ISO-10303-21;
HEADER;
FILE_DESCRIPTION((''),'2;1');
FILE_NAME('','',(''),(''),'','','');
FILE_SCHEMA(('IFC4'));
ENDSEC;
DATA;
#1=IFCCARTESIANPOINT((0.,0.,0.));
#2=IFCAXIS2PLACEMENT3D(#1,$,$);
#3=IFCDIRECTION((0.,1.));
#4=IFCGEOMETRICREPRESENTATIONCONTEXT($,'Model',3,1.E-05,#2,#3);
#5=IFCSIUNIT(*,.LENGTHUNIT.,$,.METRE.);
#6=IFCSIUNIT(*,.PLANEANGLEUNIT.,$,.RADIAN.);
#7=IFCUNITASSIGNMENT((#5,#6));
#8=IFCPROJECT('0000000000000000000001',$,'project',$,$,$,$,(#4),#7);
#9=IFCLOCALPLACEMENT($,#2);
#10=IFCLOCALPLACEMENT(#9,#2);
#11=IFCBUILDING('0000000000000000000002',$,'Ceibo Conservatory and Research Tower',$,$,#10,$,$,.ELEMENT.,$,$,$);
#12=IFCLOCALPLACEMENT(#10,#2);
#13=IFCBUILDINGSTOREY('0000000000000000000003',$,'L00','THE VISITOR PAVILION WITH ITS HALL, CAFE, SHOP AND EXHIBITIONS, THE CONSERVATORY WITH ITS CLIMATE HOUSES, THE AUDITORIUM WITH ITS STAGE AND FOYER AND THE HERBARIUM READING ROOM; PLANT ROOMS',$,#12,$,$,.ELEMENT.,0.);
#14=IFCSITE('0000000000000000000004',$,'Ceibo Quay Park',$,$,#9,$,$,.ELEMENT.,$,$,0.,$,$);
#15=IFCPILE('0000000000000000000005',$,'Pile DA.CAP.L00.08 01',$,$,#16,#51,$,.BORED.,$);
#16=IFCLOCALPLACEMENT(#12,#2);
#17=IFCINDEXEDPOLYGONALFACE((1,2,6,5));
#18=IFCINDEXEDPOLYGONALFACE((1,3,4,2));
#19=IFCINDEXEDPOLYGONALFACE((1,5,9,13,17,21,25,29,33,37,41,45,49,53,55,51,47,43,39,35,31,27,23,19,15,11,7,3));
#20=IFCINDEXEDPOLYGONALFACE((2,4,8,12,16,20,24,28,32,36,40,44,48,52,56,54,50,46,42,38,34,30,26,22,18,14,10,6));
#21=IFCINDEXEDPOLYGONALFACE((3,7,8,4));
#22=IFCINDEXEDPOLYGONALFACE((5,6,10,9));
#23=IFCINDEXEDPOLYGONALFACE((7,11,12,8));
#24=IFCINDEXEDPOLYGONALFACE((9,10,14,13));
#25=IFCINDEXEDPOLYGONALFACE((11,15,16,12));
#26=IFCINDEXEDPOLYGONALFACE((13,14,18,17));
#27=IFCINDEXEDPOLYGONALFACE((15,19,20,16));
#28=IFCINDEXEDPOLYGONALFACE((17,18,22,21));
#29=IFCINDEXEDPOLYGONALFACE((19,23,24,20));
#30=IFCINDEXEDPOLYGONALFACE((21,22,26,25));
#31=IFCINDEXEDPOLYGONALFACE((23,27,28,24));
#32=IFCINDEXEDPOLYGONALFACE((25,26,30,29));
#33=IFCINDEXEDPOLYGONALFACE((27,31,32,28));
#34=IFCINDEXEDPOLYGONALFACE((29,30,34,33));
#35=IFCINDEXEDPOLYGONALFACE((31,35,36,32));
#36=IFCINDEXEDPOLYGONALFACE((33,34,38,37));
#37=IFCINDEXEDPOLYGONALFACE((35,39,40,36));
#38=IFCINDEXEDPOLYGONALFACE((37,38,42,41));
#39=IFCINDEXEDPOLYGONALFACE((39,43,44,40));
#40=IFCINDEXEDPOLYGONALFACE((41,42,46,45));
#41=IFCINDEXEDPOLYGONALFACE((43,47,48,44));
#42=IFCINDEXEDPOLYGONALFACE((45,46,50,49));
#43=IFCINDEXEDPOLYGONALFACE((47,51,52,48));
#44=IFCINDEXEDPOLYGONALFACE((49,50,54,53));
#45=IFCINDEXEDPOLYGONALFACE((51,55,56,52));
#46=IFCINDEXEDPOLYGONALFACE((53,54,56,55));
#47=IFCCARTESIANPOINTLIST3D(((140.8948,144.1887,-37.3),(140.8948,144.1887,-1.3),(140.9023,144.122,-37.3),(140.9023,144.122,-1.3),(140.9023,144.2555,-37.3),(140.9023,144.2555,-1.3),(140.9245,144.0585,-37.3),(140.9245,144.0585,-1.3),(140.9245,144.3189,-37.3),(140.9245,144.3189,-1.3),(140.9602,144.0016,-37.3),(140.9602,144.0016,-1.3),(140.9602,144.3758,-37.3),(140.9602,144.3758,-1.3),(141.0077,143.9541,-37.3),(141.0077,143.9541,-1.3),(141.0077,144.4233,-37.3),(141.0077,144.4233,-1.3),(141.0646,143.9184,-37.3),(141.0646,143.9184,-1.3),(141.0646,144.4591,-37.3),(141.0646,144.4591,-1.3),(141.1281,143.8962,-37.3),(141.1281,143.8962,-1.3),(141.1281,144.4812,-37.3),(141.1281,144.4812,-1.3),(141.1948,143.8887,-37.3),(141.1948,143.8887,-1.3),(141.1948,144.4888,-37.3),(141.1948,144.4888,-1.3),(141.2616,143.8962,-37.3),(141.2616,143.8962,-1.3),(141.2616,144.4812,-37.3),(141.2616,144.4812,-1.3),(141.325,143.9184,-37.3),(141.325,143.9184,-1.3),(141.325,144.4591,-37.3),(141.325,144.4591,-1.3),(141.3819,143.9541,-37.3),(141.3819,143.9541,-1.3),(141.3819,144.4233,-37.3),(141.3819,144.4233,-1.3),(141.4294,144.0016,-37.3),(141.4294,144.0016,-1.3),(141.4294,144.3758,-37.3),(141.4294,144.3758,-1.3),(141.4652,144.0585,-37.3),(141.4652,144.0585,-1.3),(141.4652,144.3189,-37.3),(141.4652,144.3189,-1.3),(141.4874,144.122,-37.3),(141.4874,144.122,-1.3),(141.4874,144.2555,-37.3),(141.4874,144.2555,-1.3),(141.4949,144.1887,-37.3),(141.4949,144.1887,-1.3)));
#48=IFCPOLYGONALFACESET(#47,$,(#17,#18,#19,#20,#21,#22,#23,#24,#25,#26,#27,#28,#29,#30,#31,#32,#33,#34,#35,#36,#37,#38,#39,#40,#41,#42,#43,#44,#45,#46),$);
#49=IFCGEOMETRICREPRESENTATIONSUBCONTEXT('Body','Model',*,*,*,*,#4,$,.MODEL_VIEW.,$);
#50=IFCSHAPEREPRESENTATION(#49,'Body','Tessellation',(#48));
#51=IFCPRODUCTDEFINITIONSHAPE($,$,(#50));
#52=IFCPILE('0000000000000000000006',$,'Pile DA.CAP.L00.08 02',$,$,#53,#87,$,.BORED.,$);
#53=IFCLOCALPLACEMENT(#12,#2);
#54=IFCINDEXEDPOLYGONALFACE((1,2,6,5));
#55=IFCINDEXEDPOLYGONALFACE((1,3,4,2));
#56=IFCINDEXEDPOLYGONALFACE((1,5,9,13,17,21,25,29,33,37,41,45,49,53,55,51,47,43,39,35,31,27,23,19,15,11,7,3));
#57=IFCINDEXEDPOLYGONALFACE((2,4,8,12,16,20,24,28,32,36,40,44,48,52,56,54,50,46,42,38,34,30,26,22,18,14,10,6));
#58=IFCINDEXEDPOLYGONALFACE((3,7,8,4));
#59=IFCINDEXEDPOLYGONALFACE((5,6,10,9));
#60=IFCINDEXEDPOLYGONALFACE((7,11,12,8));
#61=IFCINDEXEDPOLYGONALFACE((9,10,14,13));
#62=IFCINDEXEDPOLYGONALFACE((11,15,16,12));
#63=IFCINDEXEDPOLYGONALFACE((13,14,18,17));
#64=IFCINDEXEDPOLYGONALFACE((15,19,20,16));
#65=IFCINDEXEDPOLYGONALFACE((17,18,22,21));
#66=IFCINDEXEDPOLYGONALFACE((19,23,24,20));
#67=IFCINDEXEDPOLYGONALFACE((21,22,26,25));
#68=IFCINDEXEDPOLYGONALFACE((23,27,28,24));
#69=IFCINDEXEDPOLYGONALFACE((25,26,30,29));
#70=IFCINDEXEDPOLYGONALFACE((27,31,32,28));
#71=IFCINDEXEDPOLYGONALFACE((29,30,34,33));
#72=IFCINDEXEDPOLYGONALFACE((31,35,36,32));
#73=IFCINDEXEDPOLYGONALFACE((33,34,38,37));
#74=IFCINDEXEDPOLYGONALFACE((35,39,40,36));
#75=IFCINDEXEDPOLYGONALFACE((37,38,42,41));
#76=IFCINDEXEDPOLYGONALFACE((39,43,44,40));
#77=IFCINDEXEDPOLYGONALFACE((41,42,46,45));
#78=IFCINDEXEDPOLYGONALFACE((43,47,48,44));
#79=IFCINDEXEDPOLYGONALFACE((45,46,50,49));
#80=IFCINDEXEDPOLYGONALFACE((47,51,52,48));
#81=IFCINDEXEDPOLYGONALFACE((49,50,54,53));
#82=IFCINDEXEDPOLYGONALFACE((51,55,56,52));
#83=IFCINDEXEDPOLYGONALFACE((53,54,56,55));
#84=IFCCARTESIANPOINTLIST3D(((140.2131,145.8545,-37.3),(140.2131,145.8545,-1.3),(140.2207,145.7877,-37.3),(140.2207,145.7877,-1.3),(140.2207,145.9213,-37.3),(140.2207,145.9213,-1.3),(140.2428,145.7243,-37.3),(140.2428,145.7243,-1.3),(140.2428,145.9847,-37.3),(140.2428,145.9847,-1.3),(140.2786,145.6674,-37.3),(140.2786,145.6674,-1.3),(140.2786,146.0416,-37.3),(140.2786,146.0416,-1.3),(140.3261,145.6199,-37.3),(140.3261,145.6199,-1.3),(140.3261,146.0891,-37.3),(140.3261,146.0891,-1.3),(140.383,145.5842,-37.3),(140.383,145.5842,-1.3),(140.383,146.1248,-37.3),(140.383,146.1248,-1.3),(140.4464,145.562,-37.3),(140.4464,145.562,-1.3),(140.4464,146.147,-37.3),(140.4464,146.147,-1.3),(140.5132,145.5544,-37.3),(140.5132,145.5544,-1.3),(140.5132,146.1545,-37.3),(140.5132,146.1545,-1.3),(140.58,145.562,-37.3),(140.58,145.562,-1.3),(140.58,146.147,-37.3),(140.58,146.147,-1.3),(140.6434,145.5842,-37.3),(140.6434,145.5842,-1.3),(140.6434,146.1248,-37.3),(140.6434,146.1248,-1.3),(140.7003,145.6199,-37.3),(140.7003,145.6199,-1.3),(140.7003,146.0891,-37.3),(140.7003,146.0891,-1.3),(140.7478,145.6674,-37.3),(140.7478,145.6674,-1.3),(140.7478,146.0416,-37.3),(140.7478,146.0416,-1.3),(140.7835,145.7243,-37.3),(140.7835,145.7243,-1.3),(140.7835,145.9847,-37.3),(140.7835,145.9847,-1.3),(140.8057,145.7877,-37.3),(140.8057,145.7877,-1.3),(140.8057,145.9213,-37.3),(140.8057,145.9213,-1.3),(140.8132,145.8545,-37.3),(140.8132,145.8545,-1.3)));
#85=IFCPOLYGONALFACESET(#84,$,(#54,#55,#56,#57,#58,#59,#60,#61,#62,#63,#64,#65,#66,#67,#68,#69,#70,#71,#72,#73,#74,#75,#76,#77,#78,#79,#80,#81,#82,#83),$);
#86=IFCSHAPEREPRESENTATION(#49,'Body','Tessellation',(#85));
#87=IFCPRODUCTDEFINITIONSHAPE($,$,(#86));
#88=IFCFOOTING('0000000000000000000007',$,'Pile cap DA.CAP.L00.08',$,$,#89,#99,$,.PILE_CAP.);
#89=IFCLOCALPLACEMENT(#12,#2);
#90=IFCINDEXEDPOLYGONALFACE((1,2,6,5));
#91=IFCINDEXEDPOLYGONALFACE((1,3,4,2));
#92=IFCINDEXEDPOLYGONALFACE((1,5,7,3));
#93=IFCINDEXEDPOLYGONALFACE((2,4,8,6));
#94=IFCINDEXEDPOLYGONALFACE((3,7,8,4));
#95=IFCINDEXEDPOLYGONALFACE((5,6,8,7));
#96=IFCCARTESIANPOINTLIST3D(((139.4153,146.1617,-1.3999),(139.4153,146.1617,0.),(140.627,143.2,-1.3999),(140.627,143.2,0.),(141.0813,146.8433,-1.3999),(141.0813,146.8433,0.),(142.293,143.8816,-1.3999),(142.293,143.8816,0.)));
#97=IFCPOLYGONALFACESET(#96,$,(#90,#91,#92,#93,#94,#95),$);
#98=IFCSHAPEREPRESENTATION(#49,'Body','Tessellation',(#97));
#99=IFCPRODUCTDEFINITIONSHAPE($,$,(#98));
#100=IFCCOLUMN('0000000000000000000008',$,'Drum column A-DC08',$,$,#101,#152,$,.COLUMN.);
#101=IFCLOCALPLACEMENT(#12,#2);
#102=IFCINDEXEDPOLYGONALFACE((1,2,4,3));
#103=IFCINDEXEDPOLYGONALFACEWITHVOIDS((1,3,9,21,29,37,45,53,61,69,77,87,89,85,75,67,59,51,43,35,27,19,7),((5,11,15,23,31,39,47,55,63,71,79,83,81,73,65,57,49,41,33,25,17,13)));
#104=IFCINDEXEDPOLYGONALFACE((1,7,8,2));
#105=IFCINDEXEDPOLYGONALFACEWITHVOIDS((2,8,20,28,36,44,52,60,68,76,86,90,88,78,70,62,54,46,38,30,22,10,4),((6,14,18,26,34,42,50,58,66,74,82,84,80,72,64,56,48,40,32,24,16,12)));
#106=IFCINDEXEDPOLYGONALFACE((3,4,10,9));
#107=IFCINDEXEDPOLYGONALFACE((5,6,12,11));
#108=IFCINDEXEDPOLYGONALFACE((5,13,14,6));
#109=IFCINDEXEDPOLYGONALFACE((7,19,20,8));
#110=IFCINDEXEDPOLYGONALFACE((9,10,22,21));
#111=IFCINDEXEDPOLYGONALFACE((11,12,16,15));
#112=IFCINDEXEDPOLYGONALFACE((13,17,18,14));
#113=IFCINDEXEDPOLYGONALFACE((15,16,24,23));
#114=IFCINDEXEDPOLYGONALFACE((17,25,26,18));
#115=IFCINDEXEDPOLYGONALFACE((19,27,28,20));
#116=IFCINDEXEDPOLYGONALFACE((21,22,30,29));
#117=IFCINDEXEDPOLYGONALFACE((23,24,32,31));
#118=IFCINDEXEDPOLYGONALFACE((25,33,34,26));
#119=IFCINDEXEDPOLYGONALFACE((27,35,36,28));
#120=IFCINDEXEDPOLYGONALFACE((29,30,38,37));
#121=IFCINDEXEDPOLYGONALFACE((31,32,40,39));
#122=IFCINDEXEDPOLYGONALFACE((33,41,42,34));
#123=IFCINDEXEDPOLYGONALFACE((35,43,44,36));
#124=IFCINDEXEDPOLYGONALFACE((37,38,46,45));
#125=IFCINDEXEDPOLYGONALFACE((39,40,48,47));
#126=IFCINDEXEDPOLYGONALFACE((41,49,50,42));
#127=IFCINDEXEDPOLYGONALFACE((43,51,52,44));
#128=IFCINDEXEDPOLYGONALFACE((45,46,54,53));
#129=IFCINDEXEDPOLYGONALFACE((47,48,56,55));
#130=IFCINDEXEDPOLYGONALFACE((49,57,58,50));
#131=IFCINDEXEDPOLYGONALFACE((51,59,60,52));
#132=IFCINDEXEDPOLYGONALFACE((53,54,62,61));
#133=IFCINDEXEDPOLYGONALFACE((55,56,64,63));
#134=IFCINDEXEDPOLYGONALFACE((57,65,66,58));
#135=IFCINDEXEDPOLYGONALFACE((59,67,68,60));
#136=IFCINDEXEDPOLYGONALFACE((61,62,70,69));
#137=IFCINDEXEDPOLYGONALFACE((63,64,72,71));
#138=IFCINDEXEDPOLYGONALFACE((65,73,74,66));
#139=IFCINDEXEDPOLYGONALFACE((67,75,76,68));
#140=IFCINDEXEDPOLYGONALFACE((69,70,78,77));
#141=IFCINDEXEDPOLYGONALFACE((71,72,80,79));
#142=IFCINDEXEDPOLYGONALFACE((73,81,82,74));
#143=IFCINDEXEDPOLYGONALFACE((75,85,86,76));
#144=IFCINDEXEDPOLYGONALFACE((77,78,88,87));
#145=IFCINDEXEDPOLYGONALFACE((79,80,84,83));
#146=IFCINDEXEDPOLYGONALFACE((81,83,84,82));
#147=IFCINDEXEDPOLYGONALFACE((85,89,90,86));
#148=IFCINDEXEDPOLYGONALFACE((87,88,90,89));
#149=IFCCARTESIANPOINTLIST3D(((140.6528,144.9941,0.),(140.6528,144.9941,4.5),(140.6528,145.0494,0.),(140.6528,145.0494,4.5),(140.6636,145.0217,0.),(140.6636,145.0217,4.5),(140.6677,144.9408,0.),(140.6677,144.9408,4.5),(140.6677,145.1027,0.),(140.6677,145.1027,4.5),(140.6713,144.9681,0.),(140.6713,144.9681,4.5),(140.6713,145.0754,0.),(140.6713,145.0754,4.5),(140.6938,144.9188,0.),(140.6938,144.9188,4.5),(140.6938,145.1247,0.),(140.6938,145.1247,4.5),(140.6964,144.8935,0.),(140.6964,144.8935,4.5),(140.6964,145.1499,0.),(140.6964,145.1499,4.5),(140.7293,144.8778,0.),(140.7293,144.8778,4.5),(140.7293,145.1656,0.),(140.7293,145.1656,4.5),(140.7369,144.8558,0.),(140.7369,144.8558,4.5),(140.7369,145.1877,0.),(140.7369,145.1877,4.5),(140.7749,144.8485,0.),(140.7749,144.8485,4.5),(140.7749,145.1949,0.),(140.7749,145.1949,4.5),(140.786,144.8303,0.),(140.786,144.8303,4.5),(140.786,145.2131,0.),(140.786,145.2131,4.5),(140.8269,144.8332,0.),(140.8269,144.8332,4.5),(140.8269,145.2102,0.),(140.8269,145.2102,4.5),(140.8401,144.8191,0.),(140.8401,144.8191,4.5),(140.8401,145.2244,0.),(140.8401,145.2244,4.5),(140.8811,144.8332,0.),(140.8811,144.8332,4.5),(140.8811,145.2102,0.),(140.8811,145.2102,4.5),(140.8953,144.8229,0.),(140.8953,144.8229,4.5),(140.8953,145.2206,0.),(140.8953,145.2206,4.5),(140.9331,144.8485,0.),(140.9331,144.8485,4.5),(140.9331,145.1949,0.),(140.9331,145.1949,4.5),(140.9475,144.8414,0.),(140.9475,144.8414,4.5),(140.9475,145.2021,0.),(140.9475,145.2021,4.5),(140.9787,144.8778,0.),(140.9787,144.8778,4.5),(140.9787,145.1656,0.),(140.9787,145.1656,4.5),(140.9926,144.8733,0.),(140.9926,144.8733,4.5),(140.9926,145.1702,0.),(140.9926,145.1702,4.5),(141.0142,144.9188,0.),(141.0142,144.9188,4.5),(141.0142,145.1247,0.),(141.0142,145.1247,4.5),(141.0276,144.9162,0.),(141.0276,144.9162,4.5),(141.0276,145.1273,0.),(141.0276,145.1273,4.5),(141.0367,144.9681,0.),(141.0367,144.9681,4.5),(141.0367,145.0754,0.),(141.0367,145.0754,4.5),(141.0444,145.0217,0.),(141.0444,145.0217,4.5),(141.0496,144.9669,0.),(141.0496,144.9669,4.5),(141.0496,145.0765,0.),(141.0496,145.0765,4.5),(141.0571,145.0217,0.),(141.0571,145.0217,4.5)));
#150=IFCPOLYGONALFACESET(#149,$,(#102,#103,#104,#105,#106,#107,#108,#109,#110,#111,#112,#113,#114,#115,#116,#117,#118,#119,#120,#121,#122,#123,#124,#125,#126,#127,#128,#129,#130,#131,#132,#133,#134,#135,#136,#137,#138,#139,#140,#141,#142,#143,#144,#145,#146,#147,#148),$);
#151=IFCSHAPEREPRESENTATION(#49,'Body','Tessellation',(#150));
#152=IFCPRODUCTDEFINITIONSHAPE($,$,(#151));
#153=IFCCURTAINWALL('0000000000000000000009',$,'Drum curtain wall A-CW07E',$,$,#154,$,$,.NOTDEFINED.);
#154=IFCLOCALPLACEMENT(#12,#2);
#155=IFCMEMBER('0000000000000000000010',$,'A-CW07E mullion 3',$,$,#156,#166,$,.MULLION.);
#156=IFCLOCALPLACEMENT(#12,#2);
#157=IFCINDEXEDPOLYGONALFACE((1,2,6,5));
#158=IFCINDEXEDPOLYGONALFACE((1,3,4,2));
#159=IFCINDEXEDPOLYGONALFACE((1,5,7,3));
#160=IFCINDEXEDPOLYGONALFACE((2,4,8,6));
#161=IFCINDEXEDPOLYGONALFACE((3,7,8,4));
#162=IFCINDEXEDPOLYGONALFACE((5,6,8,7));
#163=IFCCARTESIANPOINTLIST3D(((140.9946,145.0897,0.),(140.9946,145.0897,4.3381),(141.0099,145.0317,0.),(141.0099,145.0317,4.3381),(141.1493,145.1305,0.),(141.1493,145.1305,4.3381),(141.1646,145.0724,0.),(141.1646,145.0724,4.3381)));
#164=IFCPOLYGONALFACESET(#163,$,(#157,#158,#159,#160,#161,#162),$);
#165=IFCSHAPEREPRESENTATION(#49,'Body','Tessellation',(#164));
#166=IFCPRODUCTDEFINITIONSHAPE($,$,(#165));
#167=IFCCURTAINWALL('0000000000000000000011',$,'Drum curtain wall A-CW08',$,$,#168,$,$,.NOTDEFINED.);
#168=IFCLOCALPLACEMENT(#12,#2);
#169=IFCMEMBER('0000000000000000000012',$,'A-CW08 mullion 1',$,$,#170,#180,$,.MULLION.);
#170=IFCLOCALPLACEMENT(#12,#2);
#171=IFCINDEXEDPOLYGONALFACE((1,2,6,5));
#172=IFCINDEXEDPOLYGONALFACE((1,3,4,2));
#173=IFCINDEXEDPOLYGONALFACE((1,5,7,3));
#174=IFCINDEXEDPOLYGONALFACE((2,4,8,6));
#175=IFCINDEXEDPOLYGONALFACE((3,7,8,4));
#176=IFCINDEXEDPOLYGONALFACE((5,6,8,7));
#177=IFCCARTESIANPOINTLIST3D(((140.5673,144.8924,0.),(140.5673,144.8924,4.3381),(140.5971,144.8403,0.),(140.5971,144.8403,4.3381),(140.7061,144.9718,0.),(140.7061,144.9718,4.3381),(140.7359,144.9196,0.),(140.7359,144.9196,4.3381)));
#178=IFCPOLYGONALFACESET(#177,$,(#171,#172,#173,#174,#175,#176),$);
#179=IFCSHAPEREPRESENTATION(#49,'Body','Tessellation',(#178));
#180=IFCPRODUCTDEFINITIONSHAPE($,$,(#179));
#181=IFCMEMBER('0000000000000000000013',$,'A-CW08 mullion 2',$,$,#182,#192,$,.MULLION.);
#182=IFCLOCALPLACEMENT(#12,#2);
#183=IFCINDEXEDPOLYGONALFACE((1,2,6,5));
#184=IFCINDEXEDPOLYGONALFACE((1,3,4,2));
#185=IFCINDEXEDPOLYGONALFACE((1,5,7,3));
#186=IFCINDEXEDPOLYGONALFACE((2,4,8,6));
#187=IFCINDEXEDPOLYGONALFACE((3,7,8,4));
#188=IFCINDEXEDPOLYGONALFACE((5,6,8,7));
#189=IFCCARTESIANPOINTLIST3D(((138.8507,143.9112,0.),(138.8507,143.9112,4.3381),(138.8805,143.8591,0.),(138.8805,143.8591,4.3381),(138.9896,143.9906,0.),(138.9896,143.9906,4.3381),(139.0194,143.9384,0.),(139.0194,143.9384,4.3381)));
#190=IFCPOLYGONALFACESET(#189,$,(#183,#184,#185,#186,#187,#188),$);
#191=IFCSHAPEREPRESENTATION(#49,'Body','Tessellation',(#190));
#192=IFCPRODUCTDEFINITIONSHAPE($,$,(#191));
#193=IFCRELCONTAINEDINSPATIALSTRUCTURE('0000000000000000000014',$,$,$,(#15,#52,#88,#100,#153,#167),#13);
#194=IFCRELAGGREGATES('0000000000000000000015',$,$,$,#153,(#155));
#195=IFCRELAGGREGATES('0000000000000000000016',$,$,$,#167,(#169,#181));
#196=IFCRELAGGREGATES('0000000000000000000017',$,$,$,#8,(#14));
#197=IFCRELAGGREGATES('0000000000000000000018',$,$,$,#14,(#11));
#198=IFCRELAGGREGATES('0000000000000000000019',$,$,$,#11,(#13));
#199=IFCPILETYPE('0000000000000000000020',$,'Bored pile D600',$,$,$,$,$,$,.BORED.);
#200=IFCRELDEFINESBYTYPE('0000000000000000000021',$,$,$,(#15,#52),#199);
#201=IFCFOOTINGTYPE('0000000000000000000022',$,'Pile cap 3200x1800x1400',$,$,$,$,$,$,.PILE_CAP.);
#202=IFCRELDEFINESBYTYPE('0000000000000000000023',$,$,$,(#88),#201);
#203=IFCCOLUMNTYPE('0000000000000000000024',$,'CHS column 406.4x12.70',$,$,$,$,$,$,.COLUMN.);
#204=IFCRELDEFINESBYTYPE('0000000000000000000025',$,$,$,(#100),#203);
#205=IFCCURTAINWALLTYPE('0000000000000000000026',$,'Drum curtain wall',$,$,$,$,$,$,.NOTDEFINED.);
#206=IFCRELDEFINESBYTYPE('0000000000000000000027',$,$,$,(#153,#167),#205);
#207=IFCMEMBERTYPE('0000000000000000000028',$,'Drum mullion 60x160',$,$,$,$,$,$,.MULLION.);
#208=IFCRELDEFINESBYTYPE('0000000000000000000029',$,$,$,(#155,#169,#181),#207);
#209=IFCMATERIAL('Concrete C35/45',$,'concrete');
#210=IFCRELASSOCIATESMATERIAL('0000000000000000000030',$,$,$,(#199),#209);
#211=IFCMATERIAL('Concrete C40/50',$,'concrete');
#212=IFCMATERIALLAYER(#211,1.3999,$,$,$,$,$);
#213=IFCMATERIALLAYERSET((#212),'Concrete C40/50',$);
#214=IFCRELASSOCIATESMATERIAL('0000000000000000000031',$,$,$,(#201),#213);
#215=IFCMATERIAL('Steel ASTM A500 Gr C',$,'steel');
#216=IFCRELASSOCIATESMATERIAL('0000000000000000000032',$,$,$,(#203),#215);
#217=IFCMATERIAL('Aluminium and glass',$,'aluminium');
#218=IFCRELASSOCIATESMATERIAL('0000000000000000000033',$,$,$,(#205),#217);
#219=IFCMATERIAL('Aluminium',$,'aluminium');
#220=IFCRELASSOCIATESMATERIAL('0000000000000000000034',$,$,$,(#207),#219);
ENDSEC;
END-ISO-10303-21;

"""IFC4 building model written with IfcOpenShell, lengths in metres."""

from ifc_helpers import new_model, si_unit, direction, frame, origin, origin_2d, place, context, subcontext, project, spatial, polyline, rectangle, circle, hollow_circle, outline, extrude, material, layer, layer_set, material_profile, profile_set, type_object, element, aggregate, save


model = new_model("IFC4")

# Units and contexts
model_context = context("Model", 3, precision=1e-05, world=origin(), true_north=direction((0.0, 1.0)))
body_context = subcontext(model_context, "Body", "Model", "MODEL_VIEW")
ifc_project = project(units=[si_unit("LENGTHUNIT", "METRE"), si_unit("PLANEANGLEUNIT", "RADIAN")], contexts=[model_context])

# Site, building, storey
site_placement = place(None, origin())
site = spatial("IfcSite", under=ifc_project, at=site_placement, Name="Ceibo Quay Park", CompositionType="ELEMENT", RefElevation=0.0)
building_placement = place(site_placement, origin())
building = spatial("IfcBuilding", under=site, at=building_placement, Name="Ceibo Conservatory and Research Tower", CompositionType="ELEMENT")
storey_placement = place(building_placement, origin())
storey = spatial("IfcBuildingStorey", under=building, at=storey_placement, Name="L00", Description="THE VISITOR PAVILION WITH ITS HALL, CAFE, SHOP AND EXHIBITIONS, THE CONSERVATORY WITH ITS CLIMATE HOUSES, THE AUDITORIUM WITH ITS STAGE AND FOYER AND THE HERBARIUM READING ROOM; PLANT ROOMS", CompositionType="ELEMENT", Elevation=0.0)

# Piles
ifc_material_1 = material(Name="Concrete C35/45", Category="concrete")
ifc_material_profile_1 = material_profile(ifc_material_1, circle(Radius=0.3, at=origin_2d()), Name="RC D600")
ifc_profile_set_1 = profile_set([ifc_material_profile_1], Name="Concrete C35/45")
pile_type = type_object("IfcPileType", Name="Bored pile D600", PredefinedType="BORED", material=ifc_profile_set_1)
for number, where, z_axis, x_axis, name in (
    (1, (141.1948, 144.1887, -1.3), (0.0, 0.0, -1.0), (1.0, 0.0, 0.0), "Pile DA.CAP.L00.08 01"),
    (2, (140.5132, 145.8545, -1.3), (0.0, 0.0, -1.0), (1.0, 0.0, 0.0), "Pile DA.CAP.L00.08 02"),
):
    element("IfcPile", number, at=place(storey_placement, frame(where, z_axis=z_axis, x_axis=x_axis)), inside=storey, type_object=pile_type, Name=name, PredefinedType="BORED", context=body_context, shape_type="SweptSolid", body=[
        extrude(circle(Radius=0.3, at=origin_2d()), origin(), (0.0, 0.0, 1.0), 36.0),
    ])

# Footing
ifc_material_2 = material(Name="Concrete C40/50", Category="concrete")
ifc_layer_1 = layer(ifc_material_2, 1.3999)
ifc_layer_set_1 = layer_set([ifc_layer_1], Name="Concrete C40/50")
footing_type = type_object("IfcFootingType", Name="Pile cap 3200x1800x1400", PredefinedType="PILE_CAP", material=ifc_layer_set_1)
footing_placement = place(storey_placement, frame((142.293, 143.8816, -1.3999), z_axis=(0.0, 0.0, 1.0), x_axis=(-0.378648, 0.925541, 0.0)))
element("IfcFooting", 3, at=footing_placement, inside=storey, type_object=footing_type, Name="Pile cap DA.CAP.L00.08", PredefinedType="PILE_CAP", context=body_context, shape_type="SweptSolid", body=[
    extrude(outline(polyline([(0.0, 0.0), (3.2, 0.0), (3.2, 1.8), (0.0, 1.8), (0.0, 0.0)])), origin(), (0.0, 0.0, 1.0), 1.3999),
])

# Column
ifc_material_3 = material(Name="Steel ASTM A500 Gr C", Category="steel")
ifc_material_profile_2 = material_profile(ifc_material_3, hollow_circle(Radius=0.2031, WallThickness=0.0127, at=origin_2d()), Name="CHS column 406.4x12.70")
ifc_profile_set_2 = profile_set([ifc_material_profile_2], Name="Steel ASTM A500 Gr C")
column_type = type_object("IfcColumnType", Name="CHS column 406.4x12.70", PredefinedType="COLUMN", material=ifc_profile_set_2)
column_placement = place(storey_placement, frame((140.854, 145.0217, 0.0), z_axis=(0.0, 0.0, 1.0), x_axis=(1.0, 0.0, 0.0)))
element("IfcColumn", 4, at=column_placement, inside=storey, type_object=column_type, Name="Drum column A-DC08", PredefinedType="COLUMN", context=body_context, shape_type="SweptSolid", body=[
    extrude(hollow_circle(Radius=0.2031, WallThickness=0.0127, at=origin_2d()), origin(), (0.0, 0.0, 1.0), 4.5),
])

# Curtain wall, member
ifc_material_4 = material(Name="Aluminium and glass", Category="aluminium")
curtain_wall_type = type_object("IfcCurtainWallType", Name="Drum curtain wall", PredefinedType="NOTDEFINED", material=ifc_material_4)
curtain_wall_1_placement = place(storey_placement, origin())
curtain_wall_1 = element("IfcCurtainWall", 5, at=curtain_wall_1_placement, inside=storey, type_object=curtain_wall_type, Name="Drum curtain wall A-CW07E", PredefinedType="NOTDEFINED")
ifc_material_5 = material(Name="Aluminium", Category="aluminium")
ifc_material_profile_3 = material_profile(ifc_material_5, rectangle(XDim=0.0601, YDim=0.1599, at=origin_2d()), Name="AL 60x160")
ifc_profile_set_3 = profile_set([ifc_material_profile_3], Name="Aluminium")
member_type_1 = type_object("IfcMemberType", Name="Drum mullion 60x160", PredefinedType="MULLION", material=ifc_profile_set_3)
member_1_placement = place(storey_placement, frame((141.0796, 145.0811, 0.0), z_axis=(0.0, 0.0, 1.0), x_axis=(0.254602, -0.967046, 0.0)))
member_1 = element("IfcMember", 6, at=member_1_placement, type_object=member_type_1, Name="A-CW07E mullion 3", PredefinedType="MULLION", context=body_context, shape_type="SweptSolid", body=[
    extrude(rectangle(XDim=0.0601, YDim=0.1599, at=origin_2d()), origin(), (0.0, 0.0, 1.0), 4.3381),
])

# Curtain wall, members
curtain_wall_2_placement = place(storey_placement, origin())
curtain_wall_2 = element("IfcCurtainWall", 7, at=curtain_wall_2_placement, inside=storey, type_object=curtain_wall_type, Name="Drum curtain wall A-CW08", PredefinedType="NOTDEFINED")
member_2_placement = place(storey_placement, frame((140.6516, 144.906, 0.0), z_axis=(0.0, 0.0, 1.0), x_axis=(0.496216, -0.868199, 0.0)))
member_2 = element("IfcMember", 8, at=member_2_placement, type_object=member_type_1, Name="A-CW08 mullion 1", PredefinedType="MULLION", context=body_context, shape_type="SweptSolid", body=[
    extrude(rectangle(XDim=0.0601, YDim=0.1599, at=origin_2d()), origin(), (0.0, 0.0, 1.0), 4.3381),
])
member_3_placement = place(storey_placement, frame((138.9351, 143.9248, 0.0), z_axis=(0.0, 0.0, 1.0), x_axis=(0.496216, -0.868199, 0.0)))
member_3 = element("IfcMember", 9, at=member_3_placement, type_object=member_type_1, Name="A-CW08 mullion 2", PredefinedType="MULLION", context=body_context, shape_type="SweptSolid", body=[
    extrude(rectangle(XDim=0.0601, YDim=0.1599, at=origin_2d()), origin(), (0.0, 0.0, 1.0), 4.3381),
])

aggregate(curtain_wall_1, [member_1])
aggregate(curtain_wall_2, [member_2, member_3])

save(model, "model.ifc")
